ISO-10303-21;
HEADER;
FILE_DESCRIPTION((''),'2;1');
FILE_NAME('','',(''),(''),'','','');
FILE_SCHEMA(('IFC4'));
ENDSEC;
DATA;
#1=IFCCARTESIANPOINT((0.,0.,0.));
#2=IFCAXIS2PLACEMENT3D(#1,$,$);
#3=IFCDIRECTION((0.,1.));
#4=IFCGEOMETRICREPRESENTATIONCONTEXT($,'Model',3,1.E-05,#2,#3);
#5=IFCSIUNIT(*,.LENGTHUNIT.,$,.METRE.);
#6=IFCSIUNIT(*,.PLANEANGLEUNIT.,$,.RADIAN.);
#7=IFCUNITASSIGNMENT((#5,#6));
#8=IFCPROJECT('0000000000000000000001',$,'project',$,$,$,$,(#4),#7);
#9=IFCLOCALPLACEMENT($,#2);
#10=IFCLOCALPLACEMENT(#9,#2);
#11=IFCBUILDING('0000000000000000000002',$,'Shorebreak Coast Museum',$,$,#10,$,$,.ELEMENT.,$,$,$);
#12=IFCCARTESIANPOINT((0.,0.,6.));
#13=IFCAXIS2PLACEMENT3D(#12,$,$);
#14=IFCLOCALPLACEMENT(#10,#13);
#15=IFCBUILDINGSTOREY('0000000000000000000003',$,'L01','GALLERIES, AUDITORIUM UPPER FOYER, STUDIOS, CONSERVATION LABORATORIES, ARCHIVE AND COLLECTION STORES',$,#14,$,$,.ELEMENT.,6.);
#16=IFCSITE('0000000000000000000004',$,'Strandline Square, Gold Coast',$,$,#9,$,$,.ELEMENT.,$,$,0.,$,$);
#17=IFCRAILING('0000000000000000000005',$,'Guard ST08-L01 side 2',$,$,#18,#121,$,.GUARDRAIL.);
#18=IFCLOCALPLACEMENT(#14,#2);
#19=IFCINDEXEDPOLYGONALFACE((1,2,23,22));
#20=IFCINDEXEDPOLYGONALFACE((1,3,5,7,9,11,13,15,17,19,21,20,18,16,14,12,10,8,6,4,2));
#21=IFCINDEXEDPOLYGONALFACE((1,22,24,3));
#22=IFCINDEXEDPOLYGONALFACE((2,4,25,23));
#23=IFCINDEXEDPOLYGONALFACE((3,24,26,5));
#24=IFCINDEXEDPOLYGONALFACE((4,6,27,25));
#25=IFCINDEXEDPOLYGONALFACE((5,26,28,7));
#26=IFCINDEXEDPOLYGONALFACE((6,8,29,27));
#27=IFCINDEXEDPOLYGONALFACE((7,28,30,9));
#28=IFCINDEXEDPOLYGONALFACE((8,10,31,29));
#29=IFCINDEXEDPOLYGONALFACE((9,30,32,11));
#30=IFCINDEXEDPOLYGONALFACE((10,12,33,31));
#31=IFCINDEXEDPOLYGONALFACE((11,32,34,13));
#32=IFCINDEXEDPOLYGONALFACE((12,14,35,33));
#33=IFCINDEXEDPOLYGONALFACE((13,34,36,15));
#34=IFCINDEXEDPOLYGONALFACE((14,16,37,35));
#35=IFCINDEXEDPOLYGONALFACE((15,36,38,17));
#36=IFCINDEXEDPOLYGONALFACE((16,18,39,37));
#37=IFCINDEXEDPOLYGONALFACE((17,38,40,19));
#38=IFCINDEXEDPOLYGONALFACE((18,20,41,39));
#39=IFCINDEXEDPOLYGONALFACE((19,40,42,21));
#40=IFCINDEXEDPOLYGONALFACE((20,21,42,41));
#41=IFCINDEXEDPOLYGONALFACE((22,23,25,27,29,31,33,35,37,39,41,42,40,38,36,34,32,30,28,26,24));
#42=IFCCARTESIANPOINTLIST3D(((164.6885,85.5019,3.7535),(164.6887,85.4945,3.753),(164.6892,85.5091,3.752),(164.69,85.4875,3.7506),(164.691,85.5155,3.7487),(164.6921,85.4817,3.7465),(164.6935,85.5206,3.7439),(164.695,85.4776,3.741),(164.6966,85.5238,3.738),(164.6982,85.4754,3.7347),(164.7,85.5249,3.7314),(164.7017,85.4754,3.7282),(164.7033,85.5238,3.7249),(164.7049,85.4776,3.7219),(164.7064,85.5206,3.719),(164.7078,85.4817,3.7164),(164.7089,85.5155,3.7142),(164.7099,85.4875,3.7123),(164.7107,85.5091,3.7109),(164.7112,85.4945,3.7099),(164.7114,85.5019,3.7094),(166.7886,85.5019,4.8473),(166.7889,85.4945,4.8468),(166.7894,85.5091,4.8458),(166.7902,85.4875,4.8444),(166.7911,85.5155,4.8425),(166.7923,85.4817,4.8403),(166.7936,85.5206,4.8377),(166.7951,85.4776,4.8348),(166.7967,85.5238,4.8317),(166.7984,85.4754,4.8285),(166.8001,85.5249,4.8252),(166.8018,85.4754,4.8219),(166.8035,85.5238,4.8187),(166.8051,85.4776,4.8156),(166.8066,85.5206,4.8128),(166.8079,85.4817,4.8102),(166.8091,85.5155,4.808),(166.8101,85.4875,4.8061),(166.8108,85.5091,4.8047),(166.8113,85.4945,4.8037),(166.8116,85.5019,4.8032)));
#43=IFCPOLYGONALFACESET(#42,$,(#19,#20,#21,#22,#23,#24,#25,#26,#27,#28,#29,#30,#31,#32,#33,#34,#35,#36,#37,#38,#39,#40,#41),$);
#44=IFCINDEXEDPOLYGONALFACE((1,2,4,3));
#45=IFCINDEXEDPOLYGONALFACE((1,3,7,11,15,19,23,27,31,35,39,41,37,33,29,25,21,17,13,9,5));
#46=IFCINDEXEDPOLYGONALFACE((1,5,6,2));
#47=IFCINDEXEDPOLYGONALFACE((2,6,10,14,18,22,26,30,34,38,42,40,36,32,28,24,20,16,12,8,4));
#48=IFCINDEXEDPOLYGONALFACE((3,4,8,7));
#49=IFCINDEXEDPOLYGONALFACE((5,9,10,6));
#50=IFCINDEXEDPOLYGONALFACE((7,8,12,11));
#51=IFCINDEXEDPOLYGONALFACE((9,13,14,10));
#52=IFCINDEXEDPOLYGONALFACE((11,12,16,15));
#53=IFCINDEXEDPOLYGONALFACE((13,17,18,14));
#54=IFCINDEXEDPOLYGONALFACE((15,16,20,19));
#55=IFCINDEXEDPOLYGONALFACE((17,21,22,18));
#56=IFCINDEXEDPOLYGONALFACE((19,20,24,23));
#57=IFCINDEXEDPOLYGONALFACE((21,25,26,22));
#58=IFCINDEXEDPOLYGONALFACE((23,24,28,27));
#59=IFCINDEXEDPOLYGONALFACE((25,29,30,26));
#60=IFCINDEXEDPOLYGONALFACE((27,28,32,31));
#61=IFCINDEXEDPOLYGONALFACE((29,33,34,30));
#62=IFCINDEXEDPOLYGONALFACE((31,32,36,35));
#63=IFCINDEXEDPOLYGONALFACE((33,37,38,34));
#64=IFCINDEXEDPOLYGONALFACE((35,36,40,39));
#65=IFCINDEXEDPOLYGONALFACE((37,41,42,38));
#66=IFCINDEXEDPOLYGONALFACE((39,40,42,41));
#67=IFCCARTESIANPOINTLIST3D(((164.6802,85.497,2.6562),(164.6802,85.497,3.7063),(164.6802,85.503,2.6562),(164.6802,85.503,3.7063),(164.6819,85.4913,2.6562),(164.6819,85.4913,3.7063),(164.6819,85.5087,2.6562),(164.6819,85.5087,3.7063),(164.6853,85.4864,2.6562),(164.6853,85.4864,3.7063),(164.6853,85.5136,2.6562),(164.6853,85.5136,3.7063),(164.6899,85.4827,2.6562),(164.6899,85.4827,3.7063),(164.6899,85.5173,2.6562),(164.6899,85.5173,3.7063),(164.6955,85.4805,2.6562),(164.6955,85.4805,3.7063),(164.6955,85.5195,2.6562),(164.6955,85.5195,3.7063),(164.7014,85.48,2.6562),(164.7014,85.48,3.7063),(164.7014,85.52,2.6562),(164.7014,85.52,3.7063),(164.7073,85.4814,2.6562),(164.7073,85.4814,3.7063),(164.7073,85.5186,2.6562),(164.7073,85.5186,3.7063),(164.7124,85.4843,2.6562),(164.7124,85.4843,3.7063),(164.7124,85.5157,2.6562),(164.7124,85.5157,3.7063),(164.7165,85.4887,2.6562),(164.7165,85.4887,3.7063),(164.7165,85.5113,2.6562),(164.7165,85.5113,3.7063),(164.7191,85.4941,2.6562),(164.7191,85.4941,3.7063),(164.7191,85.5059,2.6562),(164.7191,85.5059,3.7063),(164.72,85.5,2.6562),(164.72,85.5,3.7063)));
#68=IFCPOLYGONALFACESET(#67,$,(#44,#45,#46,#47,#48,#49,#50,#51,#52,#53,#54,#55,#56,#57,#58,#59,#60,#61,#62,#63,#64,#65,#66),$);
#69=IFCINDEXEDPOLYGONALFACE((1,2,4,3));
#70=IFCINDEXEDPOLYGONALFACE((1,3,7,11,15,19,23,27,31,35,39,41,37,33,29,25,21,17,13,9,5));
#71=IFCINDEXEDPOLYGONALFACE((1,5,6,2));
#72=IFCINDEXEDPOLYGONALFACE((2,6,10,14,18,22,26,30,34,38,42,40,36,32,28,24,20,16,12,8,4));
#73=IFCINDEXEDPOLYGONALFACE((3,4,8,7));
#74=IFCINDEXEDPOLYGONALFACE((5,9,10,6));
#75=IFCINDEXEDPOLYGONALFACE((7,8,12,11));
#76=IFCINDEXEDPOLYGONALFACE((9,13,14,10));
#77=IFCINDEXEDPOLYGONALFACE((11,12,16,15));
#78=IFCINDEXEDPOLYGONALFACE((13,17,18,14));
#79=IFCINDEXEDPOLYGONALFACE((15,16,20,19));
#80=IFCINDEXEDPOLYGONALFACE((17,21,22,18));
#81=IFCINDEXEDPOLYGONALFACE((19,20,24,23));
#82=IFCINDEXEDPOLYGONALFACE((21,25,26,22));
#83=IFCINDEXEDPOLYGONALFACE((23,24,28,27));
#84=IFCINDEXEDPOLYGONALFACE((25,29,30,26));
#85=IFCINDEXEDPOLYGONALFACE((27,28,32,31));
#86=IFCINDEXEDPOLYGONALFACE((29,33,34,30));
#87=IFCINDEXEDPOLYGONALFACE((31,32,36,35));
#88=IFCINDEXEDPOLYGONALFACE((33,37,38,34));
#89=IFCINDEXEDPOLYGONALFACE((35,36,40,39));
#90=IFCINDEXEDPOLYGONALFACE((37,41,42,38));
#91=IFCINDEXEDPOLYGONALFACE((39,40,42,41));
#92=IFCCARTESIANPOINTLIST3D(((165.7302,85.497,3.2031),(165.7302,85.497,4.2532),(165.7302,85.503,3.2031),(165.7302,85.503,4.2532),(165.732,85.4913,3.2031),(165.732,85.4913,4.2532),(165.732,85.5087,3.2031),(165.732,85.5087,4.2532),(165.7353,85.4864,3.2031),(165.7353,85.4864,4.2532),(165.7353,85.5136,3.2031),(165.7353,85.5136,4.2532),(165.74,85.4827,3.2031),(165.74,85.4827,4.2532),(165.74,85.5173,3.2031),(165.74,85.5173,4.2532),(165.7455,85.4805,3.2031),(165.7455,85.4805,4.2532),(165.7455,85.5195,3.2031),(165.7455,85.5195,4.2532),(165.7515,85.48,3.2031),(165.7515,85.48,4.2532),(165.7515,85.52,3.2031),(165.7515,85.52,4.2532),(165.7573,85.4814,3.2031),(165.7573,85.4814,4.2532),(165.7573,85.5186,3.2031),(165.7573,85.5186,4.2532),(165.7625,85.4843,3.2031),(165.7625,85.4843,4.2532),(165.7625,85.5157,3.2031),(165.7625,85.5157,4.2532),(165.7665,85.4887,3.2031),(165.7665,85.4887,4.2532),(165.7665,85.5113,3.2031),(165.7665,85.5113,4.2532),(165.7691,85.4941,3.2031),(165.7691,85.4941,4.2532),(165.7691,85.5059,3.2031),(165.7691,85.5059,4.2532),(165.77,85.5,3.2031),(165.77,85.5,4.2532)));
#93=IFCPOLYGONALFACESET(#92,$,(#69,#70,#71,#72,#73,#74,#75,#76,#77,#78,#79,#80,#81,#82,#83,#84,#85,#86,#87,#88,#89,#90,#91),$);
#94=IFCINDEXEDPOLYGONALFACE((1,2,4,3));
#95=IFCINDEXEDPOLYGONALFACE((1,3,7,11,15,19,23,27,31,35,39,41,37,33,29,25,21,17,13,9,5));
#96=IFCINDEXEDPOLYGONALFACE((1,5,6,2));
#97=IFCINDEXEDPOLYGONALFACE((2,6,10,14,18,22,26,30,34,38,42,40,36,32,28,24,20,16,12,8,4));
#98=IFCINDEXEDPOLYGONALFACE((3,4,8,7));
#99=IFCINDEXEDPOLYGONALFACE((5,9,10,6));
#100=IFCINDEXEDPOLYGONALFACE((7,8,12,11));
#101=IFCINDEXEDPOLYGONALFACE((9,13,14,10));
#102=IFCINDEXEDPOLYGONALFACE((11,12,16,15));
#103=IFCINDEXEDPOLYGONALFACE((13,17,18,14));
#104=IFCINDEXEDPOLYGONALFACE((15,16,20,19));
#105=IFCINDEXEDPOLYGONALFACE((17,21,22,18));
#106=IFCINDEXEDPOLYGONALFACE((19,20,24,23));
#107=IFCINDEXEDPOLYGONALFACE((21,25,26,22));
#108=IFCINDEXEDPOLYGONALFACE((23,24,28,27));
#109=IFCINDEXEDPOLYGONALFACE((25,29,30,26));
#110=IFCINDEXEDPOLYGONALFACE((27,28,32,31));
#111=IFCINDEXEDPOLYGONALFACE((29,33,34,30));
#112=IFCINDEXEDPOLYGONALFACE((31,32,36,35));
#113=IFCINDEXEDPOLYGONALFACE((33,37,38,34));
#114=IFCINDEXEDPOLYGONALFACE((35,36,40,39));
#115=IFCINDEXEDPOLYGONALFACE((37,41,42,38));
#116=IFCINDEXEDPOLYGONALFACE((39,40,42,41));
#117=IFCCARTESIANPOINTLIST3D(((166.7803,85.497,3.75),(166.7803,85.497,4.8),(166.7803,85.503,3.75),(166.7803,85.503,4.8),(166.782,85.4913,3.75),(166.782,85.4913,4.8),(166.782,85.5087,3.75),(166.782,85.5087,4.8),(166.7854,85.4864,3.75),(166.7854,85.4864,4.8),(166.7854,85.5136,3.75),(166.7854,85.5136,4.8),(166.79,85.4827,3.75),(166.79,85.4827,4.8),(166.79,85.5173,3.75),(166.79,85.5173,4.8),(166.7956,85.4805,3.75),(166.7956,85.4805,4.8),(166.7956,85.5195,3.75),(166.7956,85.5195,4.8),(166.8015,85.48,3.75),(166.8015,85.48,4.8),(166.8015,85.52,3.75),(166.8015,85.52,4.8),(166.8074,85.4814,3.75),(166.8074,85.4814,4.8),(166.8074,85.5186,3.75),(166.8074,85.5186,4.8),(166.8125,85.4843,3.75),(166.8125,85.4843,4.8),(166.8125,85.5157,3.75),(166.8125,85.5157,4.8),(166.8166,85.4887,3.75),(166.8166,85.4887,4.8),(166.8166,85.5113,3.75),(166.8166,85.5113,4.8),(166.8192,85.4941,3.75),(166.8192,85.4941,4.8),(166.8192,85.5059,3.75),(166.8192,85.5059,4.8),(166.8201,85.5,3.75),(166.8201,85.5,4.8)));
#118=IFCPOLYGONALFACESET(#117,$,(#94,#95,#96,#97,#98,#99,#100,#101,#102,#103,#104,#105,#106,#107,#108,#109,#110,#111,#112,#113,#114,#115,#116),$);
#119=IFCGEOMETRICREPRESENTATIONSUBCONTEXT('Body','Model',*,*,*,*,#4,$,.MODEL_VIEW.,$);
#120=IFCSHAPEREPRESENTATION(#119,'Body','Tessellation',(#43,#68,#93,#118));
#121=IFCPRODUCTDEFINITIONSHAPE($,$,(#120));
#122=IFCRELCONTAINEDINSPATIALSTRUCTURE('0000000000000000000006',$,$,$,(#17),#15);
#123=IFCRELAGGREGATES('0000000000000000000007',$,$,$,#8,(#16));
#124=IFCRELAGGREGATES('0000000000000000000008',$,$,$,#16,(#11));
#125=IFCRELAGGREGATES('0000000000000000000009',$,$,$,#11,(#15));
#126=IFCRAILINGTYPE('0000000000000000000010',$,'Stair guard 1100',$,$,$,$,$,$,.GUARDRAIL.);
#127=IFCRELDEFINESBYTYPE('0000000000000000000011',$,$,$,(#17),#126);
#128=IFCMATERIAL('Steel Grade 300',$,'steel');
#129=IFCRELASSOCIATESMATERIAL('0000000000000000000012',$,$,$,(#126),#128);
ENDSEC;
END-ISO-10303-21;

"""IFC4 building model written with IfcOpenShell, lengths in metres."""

from ifc_helpers import new_model, si_unit, direction, frame, origin, origin_2d, place, context, subcontext, project, spatial, circle, extrude, material, type_object, element, save


model = new_model("IFC4")

# Units and contexts
model_context = context("Model", 3, precision=1e-05, world=origin(), true_north=direction((0.0, 1.0)))
body_context = subcontext(model_context, "Body", "Model", "MODEL_VIEW")
ifc_project = project(units=[si_unit("LENGTHUNIT", "METRE"), si_unit("PLANEANGLEUNIT", "RADIAN")], contexts=[model_context])

# Site, building, storey
site_placement = place(None, origin())
site = spatial("IfcSite", under=ifc_project, at=site_placement, Name="Strandline Square, Gold Coast", CompositionType="ELEMENT", RefElevation=0.0)
building_placement = place(site_placement, origin())
building = spatial("IfcBuilding", under=site, at=building_placement, Name="Shorebreak Coast Museum", CompositionType="ELEMENT")
storey_placement = place(building_placement, frame((0.0, 0.0, 6.0)))
storey = spatial("IfcBuildingStorey", under=building, at=storey_placement, Name="L01", Description="GALLERIES, AUDITORIUM UPPER FOYER, STUDIOS, CONSERVATION LABORATORIES, ARCHIVE AND COLLECTION STORES", CompositionType="ELEMENT", Elevation=6.0)

# Railing
ifc_material_1 = material(Name="Steel Grade 300", Category="steel")
railing_type_1 = type_object("IfcRailingType", Name="Stair guard 1100", PredefinedType="GUARDRAIL", material=ifc_material_1)
railing_placement = place(storey_placement, frame((164.7, 85.5, 2.6562)))
element("IfcRailing", 1, at=railing_placement, inside=storey, type_object=railing_type_1, Name="Guard ST08-L01 side 2", PredefinedType="GUARDRAIL", context=body_context, shape_type="SweptSolid", body=[
    extrude(circle(Radius=0.0249, at=origin_2d()), frame((0.0, 0.0, 1.0752), z_axis=(0.886923, 0.0, 0.461918), x_axis=(0.0, 1.0, 0.0)), (0.0, 0.0, 1.0), 2.3679),
    extrude(circle(Radius=0.02, at=origin_2d()), origin(), (0.0, 0.0, 1.0), 1.05),
    extrude(circle(Radius=0.02, at=origin_2d()), frame((1.05, 0.0, 0.5469)), (0.0, 0.0, 1.0), 1.05),
    extrude(circle(Radius=0.02, at=origin_2d()), frame((2.1001, 0.0, 1.0938)), (0.0, 0.0, 1.0), 1.05),
])

save(model, "model.ifc")
